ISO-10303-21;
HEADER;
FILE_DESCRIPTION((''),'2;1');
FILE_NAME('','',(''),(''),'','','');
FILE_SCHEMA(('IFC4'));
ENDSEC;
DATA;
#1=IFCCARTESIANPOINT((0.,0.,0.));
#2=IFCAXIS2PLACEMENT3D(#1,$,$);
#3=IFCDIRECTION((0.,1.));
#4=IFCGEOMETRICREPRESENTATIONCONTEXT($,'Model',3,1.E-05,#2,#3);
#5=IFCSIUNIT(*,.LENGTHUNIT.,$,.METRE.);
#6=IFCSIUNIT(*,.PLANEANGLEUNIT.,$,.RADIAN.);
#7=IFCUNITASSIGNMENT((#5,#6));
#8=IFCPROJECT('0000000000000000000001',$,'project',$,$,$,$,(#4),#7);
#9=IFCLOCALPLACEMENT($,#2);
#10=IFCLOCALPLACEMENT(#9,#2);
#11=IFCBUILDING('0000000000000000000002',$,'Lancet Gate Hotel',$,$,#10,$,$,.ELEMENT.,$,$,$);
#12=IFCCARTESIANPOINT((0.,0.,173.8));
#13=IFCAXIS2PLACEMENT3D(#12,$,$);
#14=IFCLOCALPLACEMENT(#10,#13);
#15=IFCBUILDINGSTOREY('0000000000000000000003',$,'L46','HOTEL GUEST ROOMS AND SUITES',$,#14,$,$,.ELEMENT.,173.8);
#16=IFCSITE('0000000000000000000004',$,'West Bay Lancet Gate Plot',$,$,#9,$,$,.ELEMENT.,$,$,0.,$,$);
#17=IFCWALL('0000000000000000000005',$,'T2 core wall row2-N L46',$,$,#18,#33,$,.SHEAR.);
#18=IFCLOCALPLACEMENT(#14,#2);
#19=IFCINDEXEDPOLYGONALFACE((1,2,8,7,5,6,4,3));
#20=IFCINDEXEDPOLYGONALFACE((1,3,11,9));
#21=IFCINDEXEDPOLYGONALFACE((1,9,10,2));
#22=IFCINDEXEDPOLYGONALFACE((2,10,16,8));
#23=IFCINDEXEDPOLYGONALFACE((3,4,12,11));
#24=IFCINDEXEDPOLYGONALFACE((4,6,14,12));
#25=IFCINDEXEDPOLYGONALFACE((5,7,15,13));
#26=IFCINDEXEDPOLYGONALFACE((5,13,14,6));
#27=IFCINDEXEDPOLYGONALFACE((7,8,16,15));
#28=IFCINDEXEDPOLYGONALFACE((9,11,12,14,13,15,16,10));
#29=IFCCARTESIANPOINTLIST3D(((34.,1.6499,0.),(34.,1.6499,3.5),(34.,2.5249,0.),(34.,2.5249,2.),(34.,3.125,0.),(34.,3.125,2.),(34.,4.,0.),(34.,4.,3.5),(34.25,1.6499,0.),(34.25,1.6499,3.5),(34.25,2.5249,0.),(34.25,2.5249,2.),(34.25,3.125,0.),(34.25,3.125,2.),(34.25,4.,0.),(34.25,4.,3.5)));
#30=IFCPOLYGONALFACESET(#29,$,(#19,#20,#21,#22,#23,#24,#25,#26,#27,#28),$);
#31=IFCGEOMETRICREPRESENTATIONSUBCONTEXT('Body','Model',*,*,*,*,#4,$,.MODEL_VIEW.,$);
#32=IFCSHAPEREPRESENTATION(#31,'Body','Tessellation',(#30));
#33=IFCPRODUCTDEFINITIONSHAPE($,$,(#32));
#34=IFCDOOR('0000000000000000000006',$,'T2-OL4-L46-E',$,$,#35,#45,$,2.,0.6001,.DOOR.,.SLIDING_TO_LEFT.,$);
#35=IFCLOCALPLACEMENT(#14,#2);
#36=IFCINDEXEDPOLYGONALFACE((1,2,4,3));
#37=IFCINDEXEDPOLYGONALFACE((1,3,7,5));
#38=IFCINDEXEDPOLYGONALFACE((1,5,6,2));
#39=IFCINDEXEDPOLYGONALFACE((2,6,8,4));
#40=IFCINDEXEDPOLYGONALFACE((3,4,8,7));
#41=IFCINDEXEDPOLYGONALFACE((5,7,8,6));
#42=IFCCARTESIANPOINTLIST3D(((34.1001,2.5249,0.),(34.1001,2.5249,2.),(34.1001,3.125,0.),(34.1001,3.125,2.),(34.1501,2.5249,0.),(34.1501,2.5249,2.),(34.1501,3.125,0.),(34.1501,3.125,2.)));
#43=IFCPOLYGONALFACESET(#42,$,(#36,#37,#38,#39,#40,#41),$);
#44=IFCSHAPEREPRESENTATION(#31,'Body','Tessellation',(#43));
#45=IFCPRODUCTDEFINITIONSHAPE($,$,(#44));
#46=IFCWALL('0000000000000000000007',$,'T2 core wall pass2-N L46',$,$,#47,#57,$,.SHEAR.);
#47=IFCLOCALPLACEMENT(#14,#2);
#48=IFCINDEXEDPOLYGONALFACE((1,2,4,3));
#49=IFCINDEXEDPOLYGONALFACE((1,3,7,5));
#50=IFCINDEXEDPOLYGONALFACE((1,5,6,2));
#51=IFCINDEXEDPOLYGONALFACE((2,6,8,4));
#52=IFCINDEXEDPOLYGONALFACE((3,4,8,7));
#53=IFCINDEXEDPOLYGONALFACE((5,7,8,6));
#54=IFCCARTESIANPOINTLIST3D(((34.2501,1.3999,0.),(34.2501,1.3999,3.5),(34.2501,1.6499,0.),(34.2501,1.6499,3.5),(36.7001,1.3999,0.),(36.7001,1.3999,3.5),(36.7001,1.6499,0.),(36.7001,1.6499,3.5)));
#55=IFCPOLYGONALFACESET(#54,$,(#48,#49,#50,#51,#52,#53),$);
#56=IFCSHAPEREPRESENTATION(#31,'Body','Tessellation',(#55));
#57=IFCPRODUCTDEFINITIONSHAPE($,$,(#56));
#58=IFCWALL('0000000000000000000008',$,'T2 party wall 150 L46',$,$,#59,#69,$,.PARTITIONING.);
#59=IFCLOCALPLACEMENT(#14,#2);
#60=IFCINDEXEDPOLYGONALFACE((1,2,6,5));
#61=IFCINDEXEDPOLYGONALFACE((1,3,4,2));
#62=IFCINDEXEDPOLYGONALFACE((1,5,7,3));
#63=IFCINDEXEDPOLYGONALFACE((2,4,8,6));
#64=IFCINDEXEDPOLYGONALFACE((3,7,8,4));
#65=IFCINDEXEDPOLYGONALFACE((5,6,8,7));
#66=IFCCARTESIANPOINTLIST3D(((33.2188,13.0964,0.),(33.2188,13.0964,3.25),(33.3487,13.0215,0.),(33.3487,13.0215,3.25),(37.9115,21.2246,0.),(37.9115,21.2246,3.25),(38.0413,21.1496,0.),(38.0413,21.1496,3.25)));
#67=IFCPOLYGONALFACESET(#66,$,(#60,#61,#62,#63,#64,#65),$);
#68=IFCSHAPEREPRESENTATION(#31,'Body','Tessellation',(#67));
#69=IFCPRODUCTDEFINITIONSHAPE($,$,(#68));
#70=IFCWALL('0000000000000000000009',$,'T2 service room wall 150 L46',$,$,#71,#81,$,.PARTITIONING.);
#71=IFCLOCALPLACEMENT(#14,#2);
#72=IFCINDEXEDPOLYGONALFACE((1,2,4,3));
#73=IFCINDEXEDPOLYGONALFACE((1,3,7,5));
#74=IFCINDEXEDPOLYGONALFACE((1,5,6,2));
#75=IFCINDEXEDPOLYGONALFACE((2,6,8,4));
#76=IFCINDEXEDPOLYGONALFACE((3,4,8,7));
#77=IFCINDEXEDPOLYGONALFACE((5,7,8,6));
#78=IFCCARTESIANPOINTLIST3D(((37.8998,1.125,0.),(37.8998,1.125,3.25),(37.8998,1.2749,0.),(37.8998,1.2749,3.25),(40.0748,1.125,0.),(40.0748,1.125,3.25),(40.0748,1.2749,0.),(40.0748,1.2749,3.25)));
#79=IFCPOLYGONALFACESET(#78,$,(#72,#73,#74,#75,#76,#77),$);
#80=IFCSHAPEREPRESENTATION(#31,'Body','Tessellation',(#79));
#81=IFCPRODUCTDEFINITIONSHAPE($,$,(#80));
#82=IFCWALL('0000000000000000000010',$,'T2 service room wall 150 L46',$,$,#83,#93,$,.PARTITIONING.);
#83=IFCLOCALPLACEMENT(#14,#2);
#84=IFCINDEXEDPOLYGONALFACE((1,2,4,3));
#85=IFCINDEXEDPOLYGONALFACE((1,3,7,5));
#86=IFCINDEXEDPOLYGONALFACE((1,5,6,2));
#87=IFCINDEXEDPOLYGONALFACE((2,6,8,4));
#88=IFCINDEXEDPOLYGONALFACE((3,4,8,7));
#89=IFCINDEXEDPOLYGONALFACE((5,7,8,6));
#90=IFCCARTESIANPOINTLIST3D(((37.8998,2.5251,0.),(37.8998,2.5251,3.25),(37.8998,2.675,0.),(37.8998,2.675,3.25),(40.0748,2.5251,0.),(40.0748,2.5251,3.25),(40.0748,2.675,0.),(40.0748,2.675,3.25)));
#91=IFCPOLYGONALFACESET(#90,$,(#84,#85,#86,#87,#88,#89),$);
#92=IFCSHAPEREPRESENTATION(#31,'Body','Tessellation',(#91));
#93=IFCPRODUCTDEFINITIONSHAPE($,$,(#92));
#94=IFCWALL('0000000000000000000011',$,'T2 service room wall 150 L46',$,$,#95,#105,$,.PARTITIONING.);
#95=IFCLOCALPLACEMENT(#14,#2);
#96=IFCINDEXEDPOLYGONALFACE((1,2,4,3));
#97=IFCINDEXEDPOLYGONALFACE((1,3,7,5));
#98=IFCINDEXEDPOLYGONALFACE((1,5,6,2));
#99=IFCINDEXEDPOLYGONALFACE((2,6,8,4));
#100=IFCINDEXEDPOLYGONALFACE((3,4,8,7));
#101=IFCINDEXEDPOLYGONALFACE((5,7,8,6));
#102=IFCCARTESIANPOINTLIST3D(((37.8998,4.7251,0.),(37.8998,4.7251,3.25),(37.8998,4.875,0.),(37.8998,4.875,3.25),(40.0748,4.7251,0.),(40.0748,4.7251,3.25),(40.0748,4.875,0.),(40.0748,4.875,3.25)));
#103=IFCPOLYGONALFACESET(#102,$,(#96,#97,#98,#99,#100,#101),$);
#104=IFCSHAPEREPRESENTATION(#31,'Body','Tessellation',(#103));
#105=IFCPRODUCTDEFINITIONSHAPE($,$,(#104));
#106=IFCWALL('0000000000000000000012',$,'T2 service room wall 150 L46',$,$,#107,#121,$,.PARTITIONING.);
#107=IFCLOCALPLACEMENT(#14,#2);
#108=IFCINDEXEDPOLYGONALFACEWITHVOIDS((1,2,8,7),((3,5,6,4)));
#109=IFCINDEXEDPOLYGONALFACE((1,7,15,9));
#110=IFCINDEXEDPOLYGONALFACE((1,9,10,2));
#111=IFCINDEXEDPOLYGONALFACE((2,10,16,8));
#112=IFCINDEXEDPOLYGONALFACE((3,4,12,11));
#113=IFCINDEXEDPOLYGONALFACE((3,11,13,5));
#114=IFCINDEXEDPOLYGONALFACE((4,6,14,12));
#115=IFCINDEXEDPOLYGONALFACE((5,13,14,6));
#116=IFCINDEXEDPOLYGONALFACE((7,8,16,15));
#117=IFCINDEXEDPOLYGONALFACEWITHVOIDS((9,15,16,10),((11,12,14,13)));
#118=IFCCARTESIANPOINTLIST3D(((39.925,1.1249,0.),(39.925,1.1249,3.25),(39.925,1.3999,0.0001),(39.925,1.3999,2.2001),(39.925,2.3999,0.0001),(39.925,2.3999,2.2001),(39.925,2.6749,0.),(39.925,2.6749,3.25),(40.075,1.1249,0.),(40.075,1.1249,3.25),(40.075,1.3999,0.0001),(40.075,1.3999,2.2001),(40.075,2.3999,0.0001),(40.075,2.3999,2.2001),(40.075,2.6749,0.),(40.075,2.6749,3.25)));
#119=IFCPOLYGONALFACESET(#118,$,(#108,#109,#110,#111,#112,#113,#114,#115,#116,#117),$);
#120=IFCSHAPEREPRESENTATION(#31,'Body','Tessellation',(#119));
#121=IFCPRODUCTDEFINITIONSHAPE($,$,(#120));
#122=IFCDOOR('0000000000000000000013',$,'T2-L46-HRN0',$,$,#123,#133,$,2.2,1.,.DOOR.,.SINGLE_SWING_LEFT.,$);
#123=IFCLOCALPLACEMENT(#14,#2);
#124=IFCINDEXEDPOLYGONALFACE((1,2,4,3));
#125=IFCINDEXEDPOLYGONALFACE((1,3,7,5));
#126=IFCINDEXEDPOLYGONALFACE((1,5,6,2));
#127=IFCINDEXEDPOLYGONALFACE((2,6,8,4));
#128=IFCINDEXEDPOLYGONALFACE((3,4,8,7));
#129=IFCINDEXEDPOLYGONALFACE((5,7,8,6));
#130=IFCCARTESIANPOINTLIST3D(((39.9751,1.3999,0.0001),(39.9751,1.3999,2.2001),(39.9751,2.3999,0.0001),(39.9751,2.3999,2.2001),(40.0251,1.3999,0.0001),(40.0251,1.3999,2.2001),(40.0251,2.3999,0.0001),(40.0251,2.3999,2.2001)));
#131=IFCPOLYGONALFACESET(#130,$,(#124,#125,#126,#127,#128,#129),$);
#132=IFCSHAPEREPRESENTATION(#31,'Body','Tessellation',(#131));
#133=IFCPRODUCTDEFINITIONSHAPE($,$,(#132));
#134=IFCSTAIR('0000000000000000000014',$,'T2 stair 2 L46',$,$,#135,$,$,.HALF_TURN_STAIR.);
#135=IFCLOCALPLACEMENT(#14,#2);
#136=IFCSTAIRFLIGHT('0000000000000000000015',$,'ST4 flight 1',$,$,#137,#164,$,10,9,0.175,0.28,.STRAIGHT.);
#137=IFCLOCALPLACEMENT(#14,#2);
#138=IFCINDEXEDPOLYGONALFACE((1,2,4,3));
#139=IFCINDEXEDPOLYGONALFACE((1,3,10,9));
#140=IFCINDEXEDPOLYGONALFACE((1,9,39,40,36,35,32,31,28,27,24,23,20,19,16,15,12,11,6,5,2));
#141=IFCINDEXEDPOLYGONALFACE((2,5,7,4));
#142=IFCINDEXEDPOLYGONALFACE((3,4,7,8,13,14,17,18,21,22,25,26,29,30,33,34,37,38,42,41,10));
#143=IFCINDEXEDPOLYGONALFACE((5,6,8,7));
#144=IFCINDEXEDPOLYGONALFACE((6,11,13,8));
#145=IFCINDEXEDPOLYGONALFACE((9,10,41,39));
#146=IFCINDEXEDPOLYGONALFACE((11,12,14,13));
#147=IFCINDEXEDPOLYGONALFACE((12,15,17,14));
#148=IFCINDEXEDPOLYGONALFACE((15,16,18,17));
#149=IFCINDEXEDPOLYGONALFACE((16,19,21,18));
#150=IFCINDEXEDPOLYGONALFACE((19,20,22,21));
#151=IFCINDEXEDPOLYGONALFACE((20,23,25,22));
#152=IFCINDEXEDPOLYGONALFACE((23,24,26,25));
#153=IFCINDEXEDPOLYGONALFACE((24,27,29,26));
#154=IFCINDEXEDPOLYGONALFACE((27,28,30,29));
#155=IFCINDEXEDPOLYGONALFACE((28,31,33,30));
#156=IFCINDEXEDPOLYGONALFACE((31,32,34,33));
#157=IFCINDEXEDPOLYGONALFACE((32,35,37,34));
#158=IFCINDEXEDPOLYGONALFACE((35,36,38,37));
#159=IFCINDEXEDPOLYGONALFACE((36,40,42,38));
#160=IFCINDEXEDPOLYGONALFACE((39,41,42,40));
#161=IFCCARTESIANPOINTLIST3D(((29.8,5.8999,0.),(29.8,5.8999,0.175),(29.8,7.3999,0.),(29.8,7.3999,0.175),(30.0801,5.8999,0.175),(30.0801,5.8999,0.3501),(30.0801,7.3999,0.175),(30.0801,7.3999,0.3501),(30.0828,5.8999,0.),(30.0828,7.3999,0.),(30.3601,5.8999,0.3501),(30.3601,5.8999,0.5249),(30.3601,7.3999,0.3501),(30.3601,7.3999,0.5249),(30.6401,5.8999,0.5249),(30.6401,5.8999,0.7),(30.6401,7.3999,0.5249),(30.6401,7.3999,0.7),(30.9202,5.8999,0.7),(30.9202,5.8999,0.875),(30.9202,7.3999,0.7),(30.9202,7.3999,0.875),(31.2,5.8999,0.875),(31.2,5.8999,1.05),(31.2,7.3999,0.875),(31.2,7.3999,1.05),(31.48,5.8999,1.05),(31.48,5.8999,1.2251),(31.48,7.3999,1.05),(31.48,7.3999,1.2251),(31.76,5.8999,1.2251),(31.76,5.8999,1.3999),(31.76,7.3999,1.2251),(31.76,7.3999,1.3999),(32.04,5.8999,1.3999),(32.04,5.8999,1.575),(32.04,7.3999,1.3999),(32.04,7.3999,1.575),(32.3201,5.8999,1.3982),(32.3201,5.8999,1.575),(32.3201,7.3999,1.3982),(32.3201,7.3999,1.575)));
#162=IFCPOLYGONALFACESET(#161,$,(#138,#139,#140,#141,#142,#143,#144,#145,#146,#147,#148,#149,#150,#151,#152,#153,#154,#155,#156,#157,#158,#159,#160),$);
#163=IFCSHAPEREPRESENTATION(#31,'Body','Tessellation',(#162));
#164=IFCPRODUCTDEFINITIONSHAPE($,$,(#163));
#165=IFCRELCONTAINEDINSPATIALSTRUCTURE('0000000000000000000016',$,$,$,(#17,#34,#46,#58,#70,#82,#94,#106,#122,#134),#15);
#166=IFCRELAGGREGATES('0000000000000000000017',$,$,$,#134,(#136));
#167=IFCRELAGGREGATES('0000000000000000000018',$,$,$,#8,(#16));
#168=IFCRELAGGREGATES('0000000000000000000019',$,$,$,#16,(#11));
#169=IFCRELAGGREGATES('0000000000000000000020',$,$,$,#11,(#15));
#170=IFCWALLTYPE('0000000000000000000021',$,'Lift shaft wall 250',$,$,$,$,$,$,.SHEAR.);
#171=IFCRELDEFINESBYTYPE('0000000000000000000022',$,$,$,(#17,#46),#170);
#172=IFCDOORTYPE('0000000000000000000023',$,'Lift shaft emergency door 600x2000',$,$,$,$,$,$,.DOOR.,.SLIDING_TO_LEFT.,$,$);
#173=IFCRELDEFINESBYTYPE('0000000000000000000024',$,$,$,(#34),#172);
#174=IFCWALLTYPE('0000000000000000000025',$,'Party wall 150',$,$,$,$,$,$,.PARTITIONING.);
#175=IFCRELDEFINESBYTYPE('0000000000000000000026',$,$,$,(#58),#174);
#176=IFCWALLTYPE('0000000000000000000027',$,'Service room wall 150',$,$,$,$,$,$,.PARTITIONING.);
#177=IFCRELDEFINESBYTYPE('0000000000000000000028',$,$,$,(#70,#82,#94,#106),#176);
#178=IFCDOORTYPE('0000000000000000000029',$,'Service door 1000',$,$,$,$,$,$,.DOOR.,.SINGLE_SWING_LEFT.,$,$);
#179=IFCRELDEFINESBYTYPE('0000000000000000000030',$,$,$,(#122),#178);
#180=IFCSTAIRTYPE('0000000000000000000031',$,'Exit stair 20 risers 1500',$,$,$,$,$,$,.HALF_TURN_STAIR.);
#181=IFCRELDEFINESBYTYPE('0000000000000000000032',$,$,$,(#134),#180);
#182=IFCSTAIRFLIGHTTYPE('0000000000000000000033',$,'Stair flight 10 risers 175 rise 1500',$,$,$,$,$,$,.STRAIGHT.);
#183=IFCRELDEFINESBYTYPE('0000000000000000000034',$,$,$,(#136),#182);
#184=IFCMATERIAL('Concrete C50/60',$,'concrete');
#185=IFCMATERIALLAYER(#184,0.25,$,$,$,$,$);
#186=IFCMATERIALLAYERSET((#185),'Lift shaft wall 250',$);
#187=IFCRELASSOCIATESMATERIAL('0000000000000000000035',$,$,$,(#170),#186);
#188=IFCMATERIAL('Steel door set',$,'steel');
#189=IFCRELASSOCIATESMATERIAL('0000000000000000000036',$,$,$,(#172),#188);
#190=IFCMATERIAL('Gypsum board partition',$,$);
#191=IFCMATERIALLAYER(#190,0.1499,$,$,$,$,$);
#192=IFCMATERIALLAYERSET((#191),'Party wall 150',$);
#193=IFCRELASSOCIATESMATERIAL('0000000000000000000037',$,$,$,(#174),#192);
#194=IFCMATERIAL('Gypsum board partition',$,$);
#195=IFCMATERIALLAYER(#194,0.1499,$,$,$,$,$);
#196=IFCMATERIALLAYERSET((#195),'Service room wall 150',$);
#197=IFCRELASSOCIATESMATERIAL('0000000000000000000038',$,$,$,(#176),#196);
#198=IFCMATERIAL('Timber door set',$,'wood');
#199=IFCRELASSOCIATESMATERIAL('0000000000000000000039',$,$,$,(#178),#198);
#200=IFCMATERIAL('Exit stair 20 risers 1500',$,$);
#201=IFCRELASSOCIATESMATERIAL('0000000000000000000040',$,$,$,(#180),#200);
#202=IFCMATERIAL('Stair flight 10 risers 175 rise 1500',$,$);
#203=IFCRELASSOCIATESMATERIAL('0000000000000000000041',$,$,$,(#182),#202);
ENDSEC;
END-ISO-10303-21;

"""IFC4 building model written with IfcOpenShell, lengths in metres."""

from ifc_helpers import new_model, si_unit, direction, frame, frame_2d, origin, place, context, subcontext, project, spatial, polyline, rectangle, outline, extrude, material, layer, layer_set, type_object, element, fill, aggregate, save


model = new_model("IFC4")

# Units and contexts
model_context = context("Model", 3, precision=1e-05, world=origin(), true_north=direction((0.0, 1.0)))
body_context = subcontext(model_context, "Body", "Model", "MODEL_VIEW")
ifc_project = project(units=[si_unit("LENGTHUNIT", "METRE"), si_unit("PLANEANGLEUNIT", "RADIAN")], contexts=[model_context])

# Site, building, storey
site_placement = place(None, origin())
site = spatial("IfcSite", under=ifc_project, at=site_placement, Name="West Bay Lancet Gate Plot", CompositionType="ELEMENT", RefElevation=0.0)
building_placement = place(site_placement, origin())
building = spatial("IfcBuilding", under=site, at=building_placement, Name="Lancet Gate Hotel", CompositionType="ELEMENT")
storey_placement = place(building_placement, frame((0.0, 0.0, 173.8)))
storey = spatial("IfcBuildingStorey", under=building, at=storey_placement, Name="L46", Description="HOTEL GUEST ROOMS AND SUITES", CompositionType="ELEMENT", Elevation=173.8)

# Wall, opening, door
ifc_material_1 = material(Name="Concrete C50/60", Category="concrete")
ifc_layer_1 = layer(ifc_material_1, 0.25)
ifc_layer_set_1 = layer_set([ifc_layer_1], Name="Lift shaft wall 250")
wall_type_1 = type_object("IfcWallType", Name="Lift shaft wall 250", PredefinedType="SHEAR", material=ifc_layer_set_1)
wall_1_placement = place(storey_placement, frame((34.125, 1.6499, 0.0), z_axis=(0.0, 0.0, 1.0), x_axis=(0.0, 1.0, 0.0)))
wall_1 = element("IfcWall", 1, at=wall_1_placement, inside=storey, type_object=wall_type_1, Name="T2 core wall row2-N L46", PredefinedType="SHEAR", context=body_context, shape_type="SweptSolid", body=[
    extrude(rectangle(XDim=2.3501, YDim=0.25, at=frame_2d((1.175, 0.0))), origin(), (0.0, 0.0, 1.0), 3.5),
])
opening_1_placement = place(wall_1_placement, frame((0.875, 0.0, 0.0)))
opening_1 = element("IfcOpeningElement", 2, at=opening_1_placement, cuts=wall_1, PredefinedType="OPENING", context=body_context, shape_type="SweptSolid", body=[
    extrude(rectangle(XDim=0.6001, YDim=2.0, at=frame_2d((0.3, 1.0))), frame((0.0, 0.135, 0.0), z_axis=(0.0, -1.0, 0.0), x_axis=(1.0, 0.0, 0.0)), (0.0, 0.0, 1.0), 0.27),
])
ifc_material_2 = material(Name="Steel door set", Category="steel")
door_type_1 = type_object("IfcDoorType", Name="Lift shaft emergency door 600x2000", OperationType="SLIDING_TO_LEFT", PredefinedType="DOOR", material=ifc_material_2)
door_1_placement = place(opening_1_placement, origin())
door_1 = element("IfcDoor", 3, at=door_1_placement, inside=storey, type_object=door_type_1, Name="T2-OL4-L46-E", OperationType="SLIDING_TO_LEFT", OverallHeight=2.0, OverallWidth=0.6001, PredefinedType="DOOR", context=body_context, shape_type="SweptSolid", body=[
    extrude(rectangle(XDim=0.6001, YDim=2.0, at=frame_2d((0.3, 1.0))), frame((0.0, 0.0249, 0.0), z_axis=(0.0, -1.0, 0.0), x_axis=(1.0, 0.0, 0.0)), (0.0, 0.0, 1.0), 0.05),
])
fill(opening_1, door_1)

# Walls
wall_2_placement = place(storey_placement, frame((34.25, 1.5249, 0.0), z_axis=(0.0, 0.0, 1.0), x_axis=(1.0, 0.0, 0.0)))
element("IfcWall", 4, at=wall_2_placement, inside=storey, type_object=wall_type_1, Name="T2 core wall pass2-N L46", PredefinedType="SHEAR", context=body_context, shape_type="SweptSolid", body=[
    extrude(rectangle(XDim=2.45, YDim=0.25, at=frame_2d((1.2251, 0.0))), origin(), (0.0, 0.0, 1.0), 3.5),
])
ifc_material_3 = material(Name="Gypsum board partition")
ifc_layer_2 = layer(ifc_material_3, 0.1499)
ifc_layer_set_2 = layer_set([ifc_layer_2], Name="Party wall 150")
wall_type_2 = type_object("IfcWallType", Name="Party wall 150", PredefinedType="PARTITIONING", material=ifc_layer_set_2)
wall_3_placement = place(storey_placement, frame((33.2837, 13.0588, 0.0), z_axis=(0.0, 0.0, 1.0), x_axis=(0.499986, 0.866034, 0.0)))
element("IfcWall", 5, at=wall_3_placement, inside=storey, type_object=wall_type_2, Name="T2 party wall 150 L46", PredefinedType="PARTITIONING", context=body_context, shape_type="SweptSolid", body=[
    extrude(rectangle(XDim=9.3855, YDim=0.1499, at=frame_2d((4.6929, 0.0))), origin(), (0.0, 0.0, 1.0), 3.25),
])
ifc_material_4 = material(Name="Gypsum board partition")
ifc_layer_3 = layer(ifc_material_4, 0.1499)
ifc_layer_set_3 = layer_set([ifc_layer_3], Name="Service room wall 150")
wall_type_3 = type_object("IfcWallType", Name="Service room wall 150", PredefinedType="PARTITIONING", material=ifc_layer_set_3)
for number, where, z_axis, x_axis, name in (
    (6, (37.8999, 1.2, 0.0), (0.0, 0.0, 1.0), (1.0, 0.0, 0.0), "T2 service room wall 150 L46"),
    (7, (37.8999, 2.6001, 0.0), (0.0, 0.0, 1.0), (1.0, 0.0, 0.0), "T2 service room wall 150 L46"),
    (8, (37.8999, 4.8, 0.0), (0.0, 0.0, 1.0), (1.0, 0.0, 0.0), "T2 service room wall 150 L46"),
):
    element("IfcWall", number, at=place(storey_placement, frame(where, z_axis=z_axis, x_axis=x_axis)), inside=storey, type_object=wall_type_3, Name=name, PredefinedType="PARTITIONING", context=body_context, shape_type="SweptSolid", body=[
        extrude(rectangle(XDim=2.175, YDim=0.1499, at=frame_2d((1.0874, 0.0))), origin(), (0.0, 0.0, 1.0), 3.25),
    ])

# Wall, opening, door
wall_4_placement = place(storey_placement, frame((40.0, 1.125, 0.0), z_axis=(0.0, 0.0, 1.0), x_axis=(0.0, 1.0, 0.0)))
wall_4 = element("IfcWall", 9, at=wall_4_placement, inside=storey, type_object=wall_type_3, Name="T2 service room wall 150 L46", PredefinedType="PARTITIONING", context=body_context, shape_type="SweptSolid", body=[
    extrude(rectangle(XDim=1.55, YDim=0.1499, at=frame_2d((0.7749, 0.0))), origin(), (0.0, 0.0, 1.0), 3.25),
])
opening_2_placement = place(wall_4_placement, frame((0.2749, 0.0, 0.0)))
opening_2 = element("IfcOpeningElement", 10, at=opening_2_placement, cuts=wall_4, PredefinedType="OPENING", context=body_context, shape_type="SweptSolid", body=[
    extrude(rectangle(XDim=1.0, YDim=2.2, at=frame_2d((0.5, 1.1001))), frame((0.0, 0.085, 0.0), z_axis=(0.0, -1.0, 0.0), x_axis=(1.0, 0.0, 0.0)), (0.0, 0.0, 1.0), 0.1699),
])
ifc_material_5 = material(Name="Timber door set", Category="wood")
door_type_2 = type_object("IfcDoorType", Name="Service door 1000", OperationType="SINGLE_SWING_LEFT", PredefinedType="DOOR", material=ifc_material_5)
door_2_placement = place(opening_2_placement, origin())
door_2 = element("IfcDoor", 11, at=door_2_placement, inside=storey, type_object=door_type_2, Name="T2-L46-HRN0", OperationType="SINGLE_SWING_LEFT", OverallHeight=2.2, OverallWidth=1.0, PredefinedType="DOOR", context=body_context, shape_type="SweptSolid", body=[
    extrude(rectangle(XDim=1.0, YDim=2.2, at=frame_2d((0.5, 1.1001))), frame((0.0, 0.0249, 0.0), z_axis=(0.0, -1.0, 0.0), x_axis=(1.0, 0.0, 0.0)), (0.0, 0.0, 1.0), 0.05),
])
fill(opening_2, door_2)

# Stair, stair flight
ifc_material_6 = material(Name="Exit stair 20 risers 1500")
stair_type = type_object("IfcStairType", Name="Exit stair 20 risers 1500", PredefinedType="HALF_TURN_STAIR", material=ifc_material_6)
stair_placement = place(storey_placement, origin())
stair = element("IfcStair", 12, at=stair_placement, inside=storey, type_object=stair_type, Name="T2 stair 2 L46", PredefinedType="HALF_TURN_STAIR")
ifc_material_7 = material(Name="Stair flight 10 risers 175 rise 1500")
stair_flight_type = type_object("IfcStairFlightType", Name="Stair flight 10 risers 175 rise 1500", PredefinedType="STRAIGHT", material=ifc_material_7)
stair_flight_1_placement = place(storey_placement, frame((29.8, 6.6499, 0.0), z_axis=(0.0, 0.0, 1.0), x_axis=(1.0, 0.0, 0.0)))
stair_flight_1 = element("IfcStairFlight", 13, at=stair_flight_1_placement, type_object=stair_flight_type, Name="ST4 flight 1", NumberOfRisers=10, NumberOfTreads=9, PredefinedType="STRAIGHT", RiserHeight=0.175, TreadLength=0.28, context=body_context, shape_type="SweptSolid", body=[
    extrude(outline(polyline([(0.0, 0.0), (0.0, 0.175), (0.28, 0.175), (0.28, 0.3501), (0.5601, 0.3501), (0.5601, 0.5249), (0.8401, 0.5249), (0.8401, 0.7), (1.1201, 0.7), (1.1201, 0.875), (1.3999, 0.875), (1.3999, 1.05), (1.6799, 1.05), (1.6799, 1.2251), (1.96, 1.2251), (1.96, 1.3999), (2.24, 1.3999), (2.24, 1.575), (2.52, 1.575), (2.52, 1.75), (2.52, 1.3982), (0.2827, 0.0), (0.0, 0.0)])), frame((0.0, 0.75, 0.0), z_axis=(0.0, -1.0, 0.0), x_axis=(1.0, 0.0, 0.0)), (0.0, 0.0, 1.0), 1.5),
])
aggregate(stair, [stair_flight_1])

save(model, "model.ifc")
